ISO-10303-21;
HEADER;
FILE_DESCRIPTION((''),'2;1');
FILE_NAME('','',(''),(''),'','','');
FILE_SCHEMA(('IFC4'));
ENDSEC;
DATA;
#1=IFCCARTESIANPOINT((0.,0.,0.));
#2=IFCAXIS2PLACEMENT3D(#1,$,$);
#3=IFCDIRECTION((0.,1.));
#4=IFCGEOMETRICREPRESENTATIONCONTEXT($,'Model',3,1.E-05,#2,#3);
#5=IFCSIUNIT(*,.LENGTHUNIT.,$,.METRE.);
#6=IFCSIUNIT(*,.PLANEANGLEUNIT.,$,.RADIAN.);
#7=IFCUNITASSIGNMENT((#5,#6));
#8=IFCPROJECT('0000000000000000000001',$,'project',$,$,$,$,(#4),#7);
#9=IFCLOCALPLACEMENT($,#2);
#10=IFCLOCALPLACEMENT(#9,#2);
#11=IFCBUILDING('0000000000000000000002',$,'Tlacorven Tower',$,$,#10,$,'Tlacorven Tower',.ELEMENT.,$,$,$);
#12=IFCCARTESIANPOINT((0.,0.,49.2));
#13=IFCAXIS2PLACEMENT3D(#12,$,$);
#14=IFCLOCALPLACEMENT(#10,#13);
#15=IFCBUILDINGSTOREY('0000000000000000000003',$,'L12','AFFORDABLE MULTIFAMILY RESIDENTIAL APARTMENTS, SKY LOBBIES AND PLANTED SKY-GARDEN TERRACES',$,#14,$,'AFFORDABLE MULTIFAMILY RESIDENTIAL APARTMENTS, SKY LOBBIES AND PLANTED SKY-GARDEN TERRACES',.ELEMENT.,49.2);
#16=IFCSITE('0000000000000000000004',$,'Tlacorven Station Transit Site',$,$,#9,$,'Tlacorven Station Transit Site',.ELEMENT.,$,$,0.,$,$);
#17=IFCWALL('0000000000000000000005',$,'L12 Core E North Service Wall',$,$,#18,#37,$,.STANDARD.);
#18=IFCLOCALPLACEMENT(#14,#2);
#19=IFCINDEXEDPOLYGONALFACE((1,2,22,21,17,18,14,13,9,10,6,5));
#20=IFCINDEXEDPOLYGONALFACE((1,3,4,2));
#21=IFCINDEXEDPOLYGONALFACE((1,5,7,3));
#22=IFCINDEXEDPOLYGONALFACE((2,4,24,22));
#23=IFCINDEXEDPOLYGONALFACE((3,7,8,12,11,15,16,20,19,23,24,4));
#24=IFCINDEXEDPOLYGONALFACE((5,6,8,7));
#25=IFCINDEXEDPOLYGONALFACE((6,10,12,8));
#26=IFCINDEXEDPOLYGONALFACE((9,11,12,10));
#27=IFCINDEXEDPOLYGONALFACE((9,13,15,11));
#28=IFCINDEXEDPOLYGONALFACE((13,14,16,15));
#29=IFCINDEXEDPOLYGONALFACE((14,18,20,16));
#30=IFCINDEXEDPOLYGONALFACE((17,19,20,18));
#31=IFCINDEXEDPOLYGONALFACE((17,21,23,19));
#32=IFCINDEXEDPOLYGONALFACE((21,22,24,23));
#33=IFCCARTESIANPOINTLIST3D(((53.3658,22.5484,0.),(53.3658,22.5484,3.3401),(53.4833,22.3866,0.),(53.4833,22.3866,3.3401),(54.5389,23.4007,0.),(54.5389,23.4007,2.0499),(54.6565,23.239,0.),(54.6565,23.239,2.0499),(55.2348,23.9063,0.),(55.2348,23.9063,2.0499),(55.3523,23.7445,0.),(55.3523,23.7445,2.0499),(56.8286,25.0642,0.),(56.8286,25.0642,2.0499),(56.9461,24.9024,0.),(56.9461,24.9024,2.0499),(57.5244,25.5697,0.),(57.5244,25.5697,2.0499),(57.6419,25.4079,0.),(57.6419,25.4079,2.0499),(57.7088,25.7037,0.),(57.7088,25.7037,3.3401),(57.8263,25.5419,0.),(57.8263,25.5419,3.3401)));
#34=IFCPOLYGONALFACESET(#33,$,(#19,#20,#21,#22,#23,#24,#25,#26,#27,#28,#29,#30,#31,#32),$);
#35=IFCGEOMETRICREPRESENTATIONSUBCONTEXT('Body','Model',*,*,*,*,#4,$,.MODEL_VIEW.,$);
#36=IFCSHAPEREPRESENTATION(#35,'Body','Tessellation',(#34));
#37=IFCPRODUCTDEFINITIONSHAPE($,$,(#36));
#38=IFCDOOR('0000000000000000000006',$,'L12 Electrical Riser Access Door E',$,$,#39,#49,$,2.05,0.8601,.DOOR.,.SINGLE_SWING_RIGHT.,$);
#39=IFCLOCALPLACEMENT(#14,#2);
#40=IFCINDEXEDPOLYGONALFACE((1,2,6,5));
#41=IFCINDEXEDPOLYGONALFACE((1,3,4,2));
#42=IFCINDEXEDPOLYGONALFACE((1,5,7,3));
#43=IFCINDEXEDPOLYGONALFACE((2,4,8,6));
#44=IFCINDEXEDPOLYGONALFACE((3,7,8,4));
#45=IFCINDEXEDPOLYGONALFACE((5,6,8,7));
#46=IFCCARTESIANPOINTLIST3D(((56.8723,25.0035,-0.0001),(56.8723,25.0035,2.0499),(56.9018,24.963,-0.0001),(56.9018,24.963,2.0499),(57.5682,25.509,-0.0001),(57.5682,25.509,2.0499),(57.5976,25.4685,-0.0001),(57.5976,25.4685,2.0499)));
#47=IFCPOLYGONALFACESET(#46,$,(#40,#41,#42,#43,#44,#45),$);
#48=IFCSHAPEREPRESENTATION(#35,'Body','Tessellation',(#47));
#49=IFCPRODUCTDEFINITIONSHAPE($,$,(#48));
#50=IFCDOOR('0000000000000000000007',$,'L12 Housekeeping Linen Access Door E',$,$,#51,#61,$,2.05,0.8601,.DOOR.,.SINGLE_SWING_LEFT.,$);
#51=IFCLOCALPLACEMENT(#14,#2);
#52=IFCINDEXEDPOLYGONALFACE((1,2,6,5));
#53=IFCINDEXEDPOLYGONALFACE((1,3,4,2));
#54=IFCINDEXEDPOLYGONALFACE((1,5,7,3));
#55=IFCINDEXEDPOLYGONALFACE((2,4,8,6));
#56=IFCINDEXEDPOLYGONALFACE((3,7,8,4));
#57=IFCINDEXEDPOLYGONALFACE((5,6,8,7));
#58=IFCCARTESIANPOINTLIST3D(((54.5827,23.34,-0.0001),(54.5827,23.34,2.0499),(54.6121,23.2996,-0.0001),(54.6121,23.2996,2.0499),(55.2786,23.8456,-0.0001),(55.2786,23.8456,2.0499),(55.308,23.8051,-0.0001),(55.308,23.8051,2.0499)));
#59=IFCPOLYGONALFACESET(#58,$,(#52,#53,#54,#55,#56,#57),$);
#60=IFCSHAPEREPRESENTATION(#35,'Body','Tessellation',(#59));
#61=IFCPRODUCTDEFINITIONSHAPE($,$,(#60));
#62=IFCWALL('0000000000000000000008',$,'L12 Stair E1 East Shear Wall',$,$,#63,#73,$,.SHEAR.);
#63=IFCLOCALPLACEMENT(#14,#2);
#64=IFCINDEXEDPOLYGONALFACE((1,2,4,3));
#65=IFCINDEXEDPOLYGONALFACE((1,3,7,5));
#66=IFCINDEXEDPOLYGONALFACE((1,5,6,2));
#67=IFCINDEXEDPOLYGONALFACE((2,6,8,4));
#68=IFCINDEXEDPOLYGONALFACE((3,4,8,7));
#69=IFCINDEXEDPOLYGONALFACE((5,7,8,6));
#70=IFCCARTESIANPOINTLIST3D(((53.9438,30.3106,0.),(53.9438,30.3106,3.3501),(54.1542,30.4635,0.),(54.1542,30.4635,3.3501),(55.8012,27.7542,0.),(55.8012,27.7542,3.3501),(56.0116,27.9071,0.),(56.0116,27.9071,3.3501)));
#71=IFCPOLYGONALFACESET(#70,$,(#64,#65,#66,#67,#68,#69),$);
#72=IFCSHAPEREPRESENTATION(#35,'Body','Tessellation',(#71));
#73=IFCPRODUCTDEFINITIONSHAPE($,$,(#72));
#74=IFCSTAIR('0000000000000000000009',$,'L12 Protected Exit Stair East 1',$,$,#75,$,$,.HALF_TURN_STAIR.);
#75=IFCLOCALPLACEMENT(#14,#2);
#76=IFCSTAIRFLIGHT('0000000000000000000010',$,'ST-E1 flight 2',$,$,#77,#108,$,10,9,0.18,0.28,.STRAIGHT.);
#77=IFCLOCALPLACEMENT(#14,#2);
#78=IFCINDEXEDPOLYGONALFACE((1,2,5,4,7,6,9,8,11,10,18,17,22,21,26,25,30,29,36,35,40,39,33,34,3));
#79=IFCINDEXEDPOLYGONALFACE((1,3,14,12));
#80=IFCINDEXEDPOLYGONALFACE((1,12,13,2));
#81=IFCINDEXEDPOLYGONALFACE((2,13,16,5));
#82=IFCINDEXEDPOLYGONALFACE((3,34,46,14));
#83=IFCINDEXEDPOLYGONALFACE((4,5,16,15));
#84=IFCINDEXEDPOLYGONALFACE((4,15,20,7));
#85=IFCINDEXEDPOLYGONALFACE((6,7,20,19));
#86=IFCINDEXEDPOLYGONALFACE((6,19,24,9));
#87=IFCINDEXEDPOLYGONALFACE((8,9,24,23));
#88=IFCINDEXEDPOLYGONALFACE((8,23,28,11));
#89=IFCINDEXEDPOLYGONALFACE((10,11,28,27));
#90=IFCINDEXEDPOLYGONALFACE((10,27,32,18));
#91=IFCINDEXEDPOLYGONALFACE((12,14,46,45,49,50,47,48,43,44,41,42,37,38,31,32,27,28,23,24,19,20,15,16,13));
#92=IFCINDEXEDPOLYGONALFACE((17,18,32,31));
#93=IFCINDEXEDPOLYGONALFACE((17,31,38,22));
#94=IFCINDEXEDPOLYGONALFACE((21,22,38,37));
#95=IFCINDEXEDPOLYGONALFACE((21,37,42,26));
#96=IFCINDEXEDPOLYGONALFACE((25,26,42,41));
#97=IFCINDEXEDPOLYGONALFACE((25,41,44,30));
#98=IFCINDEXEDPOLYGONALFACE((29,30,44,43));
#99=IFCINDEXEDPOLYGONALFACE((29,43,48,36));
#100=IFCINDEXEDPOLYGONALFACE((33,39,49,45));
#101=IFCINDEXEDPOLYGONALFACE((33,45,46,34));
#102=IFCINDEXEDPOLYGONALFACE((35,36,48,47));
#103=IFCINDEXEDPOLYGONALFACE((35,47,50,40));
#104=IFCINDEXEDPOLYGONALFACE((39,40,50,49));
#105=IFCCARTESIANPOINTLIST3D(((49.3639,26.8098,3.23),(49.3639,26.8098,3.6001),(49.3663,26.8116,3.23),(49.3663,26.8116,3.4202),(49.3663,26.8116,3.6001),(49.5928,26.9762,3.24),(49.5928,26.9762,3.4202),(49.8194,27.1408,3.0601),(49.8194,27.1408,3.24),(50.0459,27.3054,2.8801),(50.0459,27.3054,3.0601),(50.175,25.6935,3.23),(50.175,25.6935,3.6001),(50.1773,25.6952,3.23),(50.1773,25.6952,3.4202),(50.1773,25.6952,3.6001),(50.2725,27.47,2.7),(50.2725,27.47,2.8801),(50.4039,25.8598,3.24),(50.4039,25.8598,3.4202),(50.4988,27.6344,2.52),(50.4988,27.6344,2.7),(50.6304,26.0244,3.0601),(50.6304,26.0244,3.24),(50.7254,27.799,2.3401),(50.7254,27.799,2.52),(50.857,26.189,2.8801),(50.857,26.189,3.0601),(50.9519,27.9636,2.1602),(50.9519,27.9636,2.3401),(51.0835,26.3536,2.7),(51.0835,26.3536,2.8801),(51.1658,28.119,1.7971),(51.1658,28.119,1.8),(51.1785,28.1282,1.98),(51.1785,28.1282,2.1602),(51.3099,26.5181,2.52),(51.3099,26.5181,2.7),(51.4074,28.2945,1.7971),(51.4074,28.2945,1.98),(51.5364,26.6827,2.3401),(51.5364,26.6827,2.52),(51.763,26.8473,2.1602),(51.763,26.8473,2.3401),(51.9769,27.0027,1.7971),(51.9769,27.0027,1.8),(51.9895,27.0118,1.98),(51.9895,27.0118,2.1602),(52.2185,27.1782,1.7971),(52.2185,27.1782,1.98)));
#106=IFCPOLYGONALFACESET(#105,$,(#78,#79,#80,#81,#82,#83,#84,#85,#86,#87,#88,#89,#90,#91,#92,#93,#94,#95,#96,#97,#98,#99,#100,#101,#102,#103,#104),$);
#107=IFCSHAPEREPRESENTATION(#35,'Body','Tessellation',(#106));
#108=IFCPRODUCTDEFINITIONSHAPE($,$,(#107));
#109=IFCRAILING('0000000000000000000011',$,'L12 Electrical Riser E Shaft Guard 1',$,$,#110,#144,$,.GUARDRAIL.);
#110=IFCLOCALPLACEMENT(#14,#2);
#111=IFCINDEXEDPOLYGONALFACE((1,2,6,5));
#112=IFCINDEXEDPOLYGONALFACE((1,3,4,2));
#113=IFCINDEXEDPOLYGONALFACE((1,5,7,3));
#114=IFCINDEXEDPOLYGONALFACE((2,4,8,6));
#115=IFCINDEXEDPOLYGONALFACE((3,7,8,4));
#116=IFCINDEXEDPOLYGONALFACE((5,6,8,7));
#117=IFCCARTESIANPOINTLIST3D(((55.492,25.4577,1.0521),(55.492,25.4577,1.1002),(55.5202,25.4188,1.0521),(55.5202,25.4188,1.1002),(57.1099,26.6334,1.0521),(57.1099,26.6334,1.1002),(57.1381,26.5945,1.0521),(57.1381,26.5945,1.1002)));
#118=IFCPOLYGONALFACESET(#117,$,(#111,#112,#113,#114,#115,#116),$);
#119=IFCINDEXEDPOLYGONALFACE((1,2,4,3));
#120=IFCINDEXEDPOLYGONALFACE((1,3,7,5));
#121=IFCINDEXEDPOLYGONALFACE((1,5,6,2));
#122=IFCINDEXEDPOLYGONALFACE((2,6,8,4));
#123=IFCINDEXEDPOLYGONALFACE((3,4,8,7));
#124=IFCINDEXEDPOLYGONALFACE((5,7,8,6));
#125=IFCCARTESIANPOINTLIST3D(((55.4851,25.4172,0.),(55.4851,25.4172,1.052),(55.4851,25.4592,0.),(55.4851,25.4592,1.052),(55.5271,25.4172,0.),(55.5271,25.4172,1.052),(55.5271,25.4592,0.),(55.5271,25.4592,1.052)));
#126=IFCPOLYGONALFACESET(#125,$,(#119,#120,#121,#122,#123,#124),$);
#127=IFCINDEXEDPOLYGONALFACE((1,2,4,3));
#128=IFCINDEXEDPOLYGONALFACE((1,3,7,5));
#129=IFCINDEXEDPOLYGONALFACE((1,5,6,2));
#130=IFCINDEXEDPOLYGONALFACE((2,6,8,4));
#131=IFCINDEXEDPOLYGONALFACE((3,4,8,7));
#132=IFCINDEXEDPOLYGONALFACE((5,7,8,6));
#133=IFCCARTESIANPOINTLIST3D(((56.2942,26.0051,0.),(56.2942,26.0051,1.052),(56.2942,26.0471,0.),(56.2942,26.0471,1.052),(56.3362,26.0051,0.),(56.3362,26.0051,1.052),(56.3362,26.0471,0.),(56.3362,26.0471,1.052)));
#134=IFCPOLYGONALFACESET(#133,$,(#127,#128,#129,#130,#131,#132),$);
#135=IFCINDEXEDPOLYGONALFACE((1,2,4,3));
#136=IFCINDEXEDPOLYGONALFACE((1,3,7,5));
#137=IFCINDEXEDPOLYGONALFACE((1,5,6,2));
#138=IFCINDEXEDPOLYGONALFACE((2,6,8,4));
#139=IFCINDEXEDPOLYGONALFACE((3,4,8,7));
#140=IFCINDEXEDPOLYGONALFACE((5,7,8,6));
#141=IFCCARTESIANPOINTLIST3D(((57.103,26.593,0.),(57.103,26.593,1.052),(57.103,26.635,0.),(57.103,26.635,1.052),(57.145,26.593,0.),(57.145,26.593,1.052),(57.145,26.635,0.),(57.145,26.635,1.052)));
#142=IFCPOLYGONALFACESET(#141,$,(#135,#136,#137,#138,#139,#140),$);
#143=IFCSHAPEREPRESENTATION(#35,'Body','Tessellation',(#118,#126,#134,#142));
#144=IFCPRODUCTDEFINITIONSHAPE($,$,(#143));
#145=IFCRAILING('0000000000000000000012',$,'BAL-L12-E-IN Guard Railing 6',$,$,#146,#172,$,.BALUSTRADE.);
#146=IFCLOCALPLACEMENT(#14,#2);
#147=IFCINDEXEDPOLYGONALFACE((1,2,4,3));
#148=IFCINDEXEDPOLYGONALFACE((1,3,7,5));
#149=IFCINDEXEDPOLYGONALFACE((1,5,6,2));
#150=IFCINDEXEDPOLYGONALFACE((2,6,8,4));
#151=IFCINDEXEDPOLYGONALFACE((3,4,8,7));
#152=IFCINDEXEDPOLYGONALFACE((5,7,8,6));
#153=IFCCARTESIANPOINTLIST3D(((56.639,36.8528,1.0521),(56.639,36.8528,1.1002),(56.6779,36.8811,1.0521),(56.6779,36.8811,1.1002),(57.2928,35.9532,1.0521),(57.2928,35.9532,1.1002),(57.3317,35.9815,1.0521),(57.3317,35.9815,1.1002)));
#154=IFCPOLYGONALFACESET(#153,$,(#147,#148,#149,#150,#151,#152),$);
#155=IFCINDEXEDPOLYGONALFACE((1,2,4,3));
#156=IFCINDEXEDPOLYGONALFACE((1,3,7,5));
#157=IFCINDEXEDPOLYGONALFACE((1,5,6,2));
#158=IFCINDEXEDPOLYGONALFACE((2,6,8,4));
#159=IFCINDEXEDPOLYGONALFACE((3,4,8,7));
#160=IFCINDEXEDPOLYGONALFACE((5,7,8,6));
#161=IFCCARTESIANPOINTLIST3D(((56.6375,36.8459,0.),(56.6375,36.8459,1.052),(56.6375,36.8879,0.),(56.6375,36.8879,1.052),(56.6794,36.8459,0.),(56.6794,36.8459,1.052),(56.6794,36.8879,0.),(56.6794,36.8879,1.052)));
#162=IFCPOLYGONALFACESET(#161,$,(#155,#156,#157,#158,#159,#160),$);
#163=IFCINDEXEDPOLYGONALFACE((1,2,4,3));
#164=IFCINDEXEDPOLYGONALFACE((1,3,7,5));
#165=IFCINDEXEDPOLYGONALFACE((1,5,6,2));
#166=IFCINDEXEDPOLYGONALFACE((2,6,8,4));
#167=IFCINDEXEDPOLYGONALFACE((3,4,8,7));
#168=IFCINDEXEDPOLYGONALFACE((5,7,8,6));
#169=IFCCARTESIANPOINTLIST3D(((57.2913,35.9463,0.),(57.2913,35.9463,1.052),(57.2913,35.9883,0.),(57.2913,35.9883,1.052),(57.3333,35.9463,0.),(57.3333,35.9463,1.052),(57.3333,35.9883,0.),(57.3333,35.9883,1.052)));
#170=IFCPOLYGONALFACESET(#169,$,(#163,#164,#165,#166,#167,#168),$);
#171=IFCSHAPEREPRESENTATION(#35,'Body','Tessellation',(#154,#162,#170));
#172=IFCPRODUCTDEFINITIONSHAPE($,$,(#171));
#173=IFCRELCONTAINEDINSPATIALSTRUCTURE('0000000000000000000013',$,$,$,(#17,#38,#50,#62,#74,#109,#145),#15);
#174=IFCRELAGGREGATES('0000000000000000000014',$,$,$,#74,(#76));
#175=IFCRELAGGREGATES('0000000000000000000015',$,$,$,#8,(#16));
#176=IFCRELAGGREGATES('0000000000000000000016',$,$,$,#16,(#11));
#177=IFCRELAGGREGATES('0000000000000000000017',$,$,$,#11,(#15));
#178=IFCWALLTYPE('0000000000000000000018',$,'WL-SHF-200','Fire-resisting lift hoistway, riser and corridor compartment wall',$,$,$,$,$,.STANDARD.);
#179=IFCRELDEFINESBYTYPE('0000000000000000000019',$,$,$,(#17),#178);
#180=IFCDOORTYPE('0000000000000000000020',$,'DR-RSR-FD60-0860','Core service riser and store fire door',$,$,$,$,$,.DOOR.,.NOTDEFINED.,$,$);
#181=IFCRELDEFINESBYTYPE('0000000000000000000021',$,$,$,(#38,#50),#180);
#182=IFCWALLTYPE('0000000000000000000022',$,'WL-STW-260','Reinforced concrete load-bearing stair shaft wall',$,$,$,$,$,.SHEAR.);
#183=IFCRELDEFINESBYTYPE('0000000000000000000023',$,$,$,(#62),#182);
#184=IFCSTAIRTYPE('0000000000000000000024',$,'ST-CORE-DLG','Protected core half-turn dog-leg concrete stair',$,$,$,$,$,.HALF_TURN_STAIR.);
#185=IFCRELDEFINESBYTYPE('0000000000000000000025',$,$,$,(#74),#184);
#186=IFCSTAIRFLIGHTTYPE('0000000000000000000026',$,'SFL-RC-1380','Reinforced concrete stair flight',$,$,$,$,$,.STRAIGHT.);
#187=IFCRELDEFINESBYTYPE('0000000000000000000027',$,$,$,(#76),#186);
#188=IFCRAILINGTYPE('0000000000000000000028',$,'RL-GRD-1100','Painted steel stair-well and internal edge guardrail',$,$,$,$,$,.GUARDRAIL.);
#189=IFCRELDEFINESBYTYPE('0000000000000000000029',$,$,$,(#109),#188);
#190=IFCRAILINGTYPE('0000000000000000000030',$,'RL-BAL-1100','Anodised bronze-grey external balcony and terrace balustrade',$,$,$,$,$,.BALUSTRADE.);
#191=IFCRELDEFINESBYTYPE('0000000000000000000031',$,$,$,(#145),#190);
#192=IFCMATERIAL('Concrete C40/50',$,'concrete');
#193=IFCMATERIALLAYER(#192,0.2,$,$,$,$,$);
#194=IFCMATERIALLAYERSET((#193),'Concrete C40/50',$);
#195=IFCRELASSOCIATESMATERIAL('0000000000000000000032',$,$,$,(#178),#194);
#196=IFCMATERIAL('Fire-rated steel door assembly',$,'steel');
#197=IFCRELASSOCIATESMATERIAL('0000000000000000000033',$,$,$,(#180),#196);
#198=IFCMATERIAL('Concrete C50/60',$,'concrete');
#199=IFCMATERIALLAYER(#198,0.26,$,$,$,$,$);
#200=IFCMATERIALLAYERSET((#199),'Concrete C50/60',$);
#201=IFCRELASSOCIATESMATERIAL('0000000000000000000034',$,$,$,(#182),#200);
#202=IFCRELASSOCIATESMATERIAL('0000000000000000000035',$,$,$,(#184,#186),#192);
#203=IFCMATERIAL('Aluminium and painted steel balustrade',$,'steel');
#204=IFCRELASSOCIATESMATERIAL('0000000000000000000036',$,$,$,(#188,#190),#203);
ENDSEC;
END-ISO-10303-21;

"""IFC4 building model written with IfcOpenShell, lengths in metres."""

from ifc_helpers import new_model, si_unit, direction, frame, frame_2d, origin, origin_2d, place, context, subcontext, project, spatial, polyline, rectangle, outline, extrude, source, transform, mapped, material, layer, layer_set, type_object, element, fill, aggregate, save


model = new_model("IFC4")

# Units and contexts
model_context = context("Model", 3, precision=1e-05, world=origin(), true_north=direction((0.0, 1.0)))
body_context = subcontext(model_context, "Body", "Model", "MODEL_VIEW")
ifc_project = project(units=[si_unit("LENGTHUNIT", "METRE"), si_unit("PLANEANGLEUNIT", "RADIAN")], contexts=[model_context])

# Site, building, storey
site_placement = place(None, origin())
site = spatial("IfcSite", under=ifc_project, at=site_placement, Name="Tlacorven Station Transit Site", LongName="Tlacorven Station Transit Site", CompositionType="ELEMENT", RefElevation=0.0)
building_placement = place(site_placement, origin())
building = spatial("IfcBuilding", under=site, at=building_placement, Name="Tlacorven Tower", LongName="Tlacorven Tower", CompositionType="ELEMENT")
storey_placement = place(building_placement, frame((0.0, 0.0, 49.2)))
storey = spatial("IfcBuildingStorey", under=building, at=storey_placement, Name="L12", Description="AFFORDABLE MULTIFAMILY RESIDENTIAL APARTMENTS, SKY LOBBIES AND PLANTED SKY-GARDEN TERRACES", LongName="AFFORDABLE MULTIFAMILY RESIDENTIAL APARTMENTS, SKY LOBBIES AND PLANTED SKY-GARDEN TERRACES", CompositionType="ELEMENT", Elevation=49.2)

# Shared definitions
ifc_material_1 = material(Name="Fire-rated steel door assembly", Category="steel")
ifc_material_2 = material(Name="Concrete C40/50", Category="concrete")
ifc_layer_1 = layer(ifc_material_2, 0.2)
ifc_layer_set_1 = layer_set([ifc_layer_1], Name="Concrete C40/50")
wall_type_1 = type_object("IfcWallType", Name="WL-SHF-200", Description="Fire-resisting lift hoistway, riser and corridor compartment wall", PredefinedType="STANDARD", material=ifc_layer_set_1)
door_type_1 = type_object("IfcDoorType", Name="DR-RSR-FD60-0860", Description="Core service riser and store fire door", OperationType="NOTDEFINED", PredefinedType="DOOR", material=ifc_material_1)
shared_shape_1 = source(origin(), body_context, "Body", "SweptSolid", [
    extrude(rectangle(XDim=0.8601, YDim=2.05, at=frame_2d((0.4302, 1.0249))), frame((0.0, 0.0249, 0.0), z_axis=(0.0, -1.0, 0.0), x_axis=(1.0, 0.0, 0.0)), (0.0, 0.0, 1.0), 0.05),
])

# Wall, openings, doors
wall_1_placement = place(storey_placement, frame((53.4246, 22.4675, 0.0), z_axis=(0.0, 0.0, 1.0), x_axis=(0.809027, 0.587771, 0.0)))
wall_1 = element("IfcWall", 1, at=wall_1_placement, inside=storey, type_object=wall_type_1, Name="L12 Core E North Service Wall", PredefinedType="STANDARD", context=body_context, shape_type="SweptSolid", body=[
    extrude(rectangle(XDim=5.3682, YDim=0.2, at=frame_2d((2.6841, 0.0))), origin(), (0.0, 0.0, 1.0), 3.3401),
])
opening_1_placement = place(wall_1_placement, frame((4.28, 0.0, 0.0)))
opening_1 = element("IfcOpeningElement", 2, at=opening_1_placement, cuts=wall_1, PredefinedType="OPENING", context=body_context, shape_type="SweptSolid", body=[
    extrude(rectangle(XDim=0.8601, YDim=2.05, at=frame_2d((0.4302, 1.0249))), frame((0.0, 0.1099, 0.0), z_axis=(0.0, -1.0, 0.0), x_axis=(1.0, 0.0, 0.0)), (0.0, 0.0, 1.0), 0.22),
])
opening_2_placement = place(wall_1_placement, frame((1.45, 0.0, 0.0)))
opening_2 = element("IfcOpeningElement", 3, at=opening_2_placement, cuts=wall_1, PredefinedType="OPENING", context=body_context, shape_type="SweptSolid", body=[
    extrude(rectangle(XDim=0.8601, YDim=2.05, at=frame_2d((0.4302, 1.0249))), frame((0.0, 0.1099, 0.0), z_axis=(0.0, -1.0, 0.0), x_axis=(1.0, 0.0, 0.0)), (0.0, 0.0, 1.0), 0.22),
])
door_1_placement = place(opening_1_placement, frame((0.8601, 0.0, 0.0), z_axis=(0.0, 0.0, 1.0), x_axis=(-1.0, 0.0, 0.0)))
door_1 = element("IfcDoor", 4, at=door_1_placement, inside=storey, type_object=door_type_1, Name="L12 Electrical Riser Access Door E", OperationType="SINGLE_SWING_RIGHT", OverallHeight=2.05, OverallWidth=0.8601, PredefinedType="DOOR", context=body_context, shape_type="MappedRepresentation", body=[
    mapped(shared_shape_1, transform((0.0, 0.0, 0.0), scale=1.0)),
])
fill(opening_1, door_1)
door_2_placement = place(opening_2_placement, frame((0.8601, 0.0, 0.0), z_axis=(0.0, 0.0, 1.0), x_axis=(-1.0, 0.0, 0.0)))
door_2 = element("IfcDoor", 5, at=door_2_placement, inside=storey, type_object=door_type_1, Name="L12 Housekeeping Linen Access Door E", OperationType="SINGLE_SWING_LEFT", OverallHeight=2.05, OverallWidth=0.8601, PredefinedType="DOOR", context=body_context, shape_type="MappedRepresentation", body=[
    mapped(shared_shape_1, transform((0.0, 0.0, 0.0), scale=1.0)),
])
fill(opening_2, door_2)

# Wall
ifc_material_3 = material(Name="Concrete C50/60", Category="concrete")
ifc_layer_2 = layer(ifc_material_3, 0.26)
ifc_layer_set_2 = layer_set([ifc_layer_2], Name="Concrete C50/60")
wall_type_2 = type_object("IfcWallType", Name="WL-STW-260", Description="Reinforced concrete load-bearing stair shaft wall", PredefinedType="SHEAR", material=ifc_layer_set_2)
wall_2_placement = place(storey_placement, frame((55.9065, 27.8306, 0.0), z_axis=(0.0, 0.0, 1.0), x_axis=(-0.587804, 0.809003, 0.0)))
element("IfcWall", 6, at=wall_2_placement, inside=storey, type_object=wall_type_2, Name="L12 Stair E1 East Shear Wall", PredefinedType="SHEAR", context=body_context, shape_type="SweptSolid", body=[
    extrude(rectangle(XDim=3.1599, YDim=0.26, at=frame_2d((1.5801, 0.0))), origin(), (0.0, 0.0, 1.0), 3.3501),
])

# Stair, stair flight
stair_type = type_object("IfcStairType", Name="ST-CORE-DLG", Description="Protected core half-turn dog-leg concrete stair", PredefinedType="HALF_TURN_STAIR", material=ifc_material_2)
stair_placement = place(storey_placement, origin())
stair = element("IfcStair", 7, at=stair_placement, inside=storey, type_object=stair_type, Name="L12 Protected Exit Stair East 1", PredefinedType="HALF_TURN_STAIR")
stair_flight_type = type_object("IfcStairFlightType", Name="SFL-RC-1380", Description="Reinforced concrete stair flight", PredefinedType="STRAIGHT", material=ifc_material_2)
shared_shape_2 = source(origin(), body_context, "Body", "SweptSolid", [
    extrude(outline(polyline([(-0.0029, -0.0029), (-0.0029, 0.1799), (0.28, 0.1799), (0.28, 0.3601), (0.5601, 0.3601), (0.5601, 0.54), (0.8401, 0.54), (0.8401, 0.72), (1.1201, 0.72), (1.1201, 0.8999), (1.3999, 0.8999), (1.3999, 1.0801), (1.6799, 1.0801), (1.6799, 1.26), (1.96, 1.26), (1.96, 1.4399), (2.24, 1.4399), (2.24, 1.6201), (2.52, 1.6201), (2.52, 1.8), (2.5229, 1.8), (2.5229, 1.4299), (2.52, 1.4299), (0.2957, 0.0), (0.2957, -0.0029), (-0.0029, -0.0029)])), frame((0.0, 0.6899, 0.0), z_axis=(0.0, -1.0, 0.0), x_axis=(1.0, 0.0, 0.0)), (0.0, 0.0, 1.0), 1.3799),
])
stair_flight_placement = place(storey_placement, frame((51.8105, 27.7346, 1.8), z_axis=(0.0, 0.0, 1.0), x_axis=(-0.809017, -0.587785, 0.0)))
stair_flight = element("IfcStairFlight", 8, at=stair_flight_placement, type_object=stair_flight_type, Name="ST-E1 flight 2", NumberOfRisers=10, NumberOfTreads=9, PredefinedType="STRAIGHT", RiserHeight=0.18, TreadLength=0.28, context=body_context, shape_type="MappedRepresentation", body=[
    mapped(shared_shape_2, transform((0.0, 0.0, 0.0), scale=1.0)),
])
aggregate(stair, [stair_flight])

# Railings
ifc_material_4 = material(Name="Aluminium and painted steel balustrade", Category="steel")
railing_type_1 = type_object("IfcRailingType", Name="RL-GRD-1100", Description="Painted steel stair-well and internal edge guardrail", PredefinedType="GUARDRAIL", material=ifc_material_4)
shared_shape_3 = source(origin(), body_context, "Body", "SweptSolid", [
    extrude(rectangle(XDim=0.0481, YDim=0.0481, at=origin_2d()), frame((0.0, 0.0, 1.0762), z_axis=(0.808947, 0.587881, 0.0), x_axis=(-0.587881, 0.808947, 0.0)), (0.0, 0.0, 1.0), 2.0),
    extrude(rectangle(XDim=0.042, YDim=0.042, at=origin_2d()), origin(), (0.0, 0.0, 1.0), 1.052),
    extrude(rectangle(XDim=0.042, YDim=0.042, at=origin_2d()), frame((0.8091, 0.5879, 0.0)), (0.0, 0.0, 1.0), 1.052),
    extrude(rectangle(XDim=0.042, YDim=0.042, at=origin_2d()), frame((1.6179, 1.1758, 0.0)), (0.0, 0.0, 1.0), 1.052),
])
railing_1_placement = place(storey_placement, frame((55.5061, 25.4382, 0.0)))
element("IfcRailing", 9, at=railing_1_placement, inside=storey, type_object=railing_type_1, Name="L12 Electrical Riser E Shaft Guard 1", PredefinedType="GUARDRAIL", context=body_context, shape_type="MappedRepresentation", body=[
    mapped(shared_shape_3, transform((0.0, 0.0, 0.0), scale=1.0)),
])
railing_type_2 = type_object("IfcRailingType", Name="RL-BAL-1100", Description="Anodised bronze-grey external balcony and terrace balustrade", PredefinedType="BALUSTRADE", material=ifc_material_4)
shared_shape_4 = source(origin(), body_context, "Body", "SweptSolid", [
    extrude(rectangle(XDim=0.0481, YDim=0.0481, at=origin_2d()), frame((0.0, 0.0, 1.0762), z_axis=(0.587884, -0.808945, 0.0), x_axis=(0.808945, 0.587884, 0.0)), (0.0, 0.0, 1.0), 1.1121),
    extrude(rectangle(XDim=0.042, YDim=0.042, at=origin_2d()), origin(), (0.0, 0.0, 1.0), 1.052),
    extrude(rectangle(XDim=0.042, YDim=0.042, at=origin_2d()), frame((0.6538, -0.8997, 0.0)), (0.0, 0.0, 1.0), 1.052),
])
railing_2_placement = place(storey_placement, frame((56.6584, 36.8669, 0.0)))
element("IfcRailing", 10, at=railing_2_placement, inside=storey, type_object=railing_type_2, Name="BAL-L12-E-IN Guard Railing 6", PredefinedType="BALUSTRADE", context=body_context, shape_type="MappedRepresentation", body=[
    mapped(shared_shape_4, transform((0.0, 0.0, 0.0), scale=1.0)),
])

save(model, "model.ifc")
